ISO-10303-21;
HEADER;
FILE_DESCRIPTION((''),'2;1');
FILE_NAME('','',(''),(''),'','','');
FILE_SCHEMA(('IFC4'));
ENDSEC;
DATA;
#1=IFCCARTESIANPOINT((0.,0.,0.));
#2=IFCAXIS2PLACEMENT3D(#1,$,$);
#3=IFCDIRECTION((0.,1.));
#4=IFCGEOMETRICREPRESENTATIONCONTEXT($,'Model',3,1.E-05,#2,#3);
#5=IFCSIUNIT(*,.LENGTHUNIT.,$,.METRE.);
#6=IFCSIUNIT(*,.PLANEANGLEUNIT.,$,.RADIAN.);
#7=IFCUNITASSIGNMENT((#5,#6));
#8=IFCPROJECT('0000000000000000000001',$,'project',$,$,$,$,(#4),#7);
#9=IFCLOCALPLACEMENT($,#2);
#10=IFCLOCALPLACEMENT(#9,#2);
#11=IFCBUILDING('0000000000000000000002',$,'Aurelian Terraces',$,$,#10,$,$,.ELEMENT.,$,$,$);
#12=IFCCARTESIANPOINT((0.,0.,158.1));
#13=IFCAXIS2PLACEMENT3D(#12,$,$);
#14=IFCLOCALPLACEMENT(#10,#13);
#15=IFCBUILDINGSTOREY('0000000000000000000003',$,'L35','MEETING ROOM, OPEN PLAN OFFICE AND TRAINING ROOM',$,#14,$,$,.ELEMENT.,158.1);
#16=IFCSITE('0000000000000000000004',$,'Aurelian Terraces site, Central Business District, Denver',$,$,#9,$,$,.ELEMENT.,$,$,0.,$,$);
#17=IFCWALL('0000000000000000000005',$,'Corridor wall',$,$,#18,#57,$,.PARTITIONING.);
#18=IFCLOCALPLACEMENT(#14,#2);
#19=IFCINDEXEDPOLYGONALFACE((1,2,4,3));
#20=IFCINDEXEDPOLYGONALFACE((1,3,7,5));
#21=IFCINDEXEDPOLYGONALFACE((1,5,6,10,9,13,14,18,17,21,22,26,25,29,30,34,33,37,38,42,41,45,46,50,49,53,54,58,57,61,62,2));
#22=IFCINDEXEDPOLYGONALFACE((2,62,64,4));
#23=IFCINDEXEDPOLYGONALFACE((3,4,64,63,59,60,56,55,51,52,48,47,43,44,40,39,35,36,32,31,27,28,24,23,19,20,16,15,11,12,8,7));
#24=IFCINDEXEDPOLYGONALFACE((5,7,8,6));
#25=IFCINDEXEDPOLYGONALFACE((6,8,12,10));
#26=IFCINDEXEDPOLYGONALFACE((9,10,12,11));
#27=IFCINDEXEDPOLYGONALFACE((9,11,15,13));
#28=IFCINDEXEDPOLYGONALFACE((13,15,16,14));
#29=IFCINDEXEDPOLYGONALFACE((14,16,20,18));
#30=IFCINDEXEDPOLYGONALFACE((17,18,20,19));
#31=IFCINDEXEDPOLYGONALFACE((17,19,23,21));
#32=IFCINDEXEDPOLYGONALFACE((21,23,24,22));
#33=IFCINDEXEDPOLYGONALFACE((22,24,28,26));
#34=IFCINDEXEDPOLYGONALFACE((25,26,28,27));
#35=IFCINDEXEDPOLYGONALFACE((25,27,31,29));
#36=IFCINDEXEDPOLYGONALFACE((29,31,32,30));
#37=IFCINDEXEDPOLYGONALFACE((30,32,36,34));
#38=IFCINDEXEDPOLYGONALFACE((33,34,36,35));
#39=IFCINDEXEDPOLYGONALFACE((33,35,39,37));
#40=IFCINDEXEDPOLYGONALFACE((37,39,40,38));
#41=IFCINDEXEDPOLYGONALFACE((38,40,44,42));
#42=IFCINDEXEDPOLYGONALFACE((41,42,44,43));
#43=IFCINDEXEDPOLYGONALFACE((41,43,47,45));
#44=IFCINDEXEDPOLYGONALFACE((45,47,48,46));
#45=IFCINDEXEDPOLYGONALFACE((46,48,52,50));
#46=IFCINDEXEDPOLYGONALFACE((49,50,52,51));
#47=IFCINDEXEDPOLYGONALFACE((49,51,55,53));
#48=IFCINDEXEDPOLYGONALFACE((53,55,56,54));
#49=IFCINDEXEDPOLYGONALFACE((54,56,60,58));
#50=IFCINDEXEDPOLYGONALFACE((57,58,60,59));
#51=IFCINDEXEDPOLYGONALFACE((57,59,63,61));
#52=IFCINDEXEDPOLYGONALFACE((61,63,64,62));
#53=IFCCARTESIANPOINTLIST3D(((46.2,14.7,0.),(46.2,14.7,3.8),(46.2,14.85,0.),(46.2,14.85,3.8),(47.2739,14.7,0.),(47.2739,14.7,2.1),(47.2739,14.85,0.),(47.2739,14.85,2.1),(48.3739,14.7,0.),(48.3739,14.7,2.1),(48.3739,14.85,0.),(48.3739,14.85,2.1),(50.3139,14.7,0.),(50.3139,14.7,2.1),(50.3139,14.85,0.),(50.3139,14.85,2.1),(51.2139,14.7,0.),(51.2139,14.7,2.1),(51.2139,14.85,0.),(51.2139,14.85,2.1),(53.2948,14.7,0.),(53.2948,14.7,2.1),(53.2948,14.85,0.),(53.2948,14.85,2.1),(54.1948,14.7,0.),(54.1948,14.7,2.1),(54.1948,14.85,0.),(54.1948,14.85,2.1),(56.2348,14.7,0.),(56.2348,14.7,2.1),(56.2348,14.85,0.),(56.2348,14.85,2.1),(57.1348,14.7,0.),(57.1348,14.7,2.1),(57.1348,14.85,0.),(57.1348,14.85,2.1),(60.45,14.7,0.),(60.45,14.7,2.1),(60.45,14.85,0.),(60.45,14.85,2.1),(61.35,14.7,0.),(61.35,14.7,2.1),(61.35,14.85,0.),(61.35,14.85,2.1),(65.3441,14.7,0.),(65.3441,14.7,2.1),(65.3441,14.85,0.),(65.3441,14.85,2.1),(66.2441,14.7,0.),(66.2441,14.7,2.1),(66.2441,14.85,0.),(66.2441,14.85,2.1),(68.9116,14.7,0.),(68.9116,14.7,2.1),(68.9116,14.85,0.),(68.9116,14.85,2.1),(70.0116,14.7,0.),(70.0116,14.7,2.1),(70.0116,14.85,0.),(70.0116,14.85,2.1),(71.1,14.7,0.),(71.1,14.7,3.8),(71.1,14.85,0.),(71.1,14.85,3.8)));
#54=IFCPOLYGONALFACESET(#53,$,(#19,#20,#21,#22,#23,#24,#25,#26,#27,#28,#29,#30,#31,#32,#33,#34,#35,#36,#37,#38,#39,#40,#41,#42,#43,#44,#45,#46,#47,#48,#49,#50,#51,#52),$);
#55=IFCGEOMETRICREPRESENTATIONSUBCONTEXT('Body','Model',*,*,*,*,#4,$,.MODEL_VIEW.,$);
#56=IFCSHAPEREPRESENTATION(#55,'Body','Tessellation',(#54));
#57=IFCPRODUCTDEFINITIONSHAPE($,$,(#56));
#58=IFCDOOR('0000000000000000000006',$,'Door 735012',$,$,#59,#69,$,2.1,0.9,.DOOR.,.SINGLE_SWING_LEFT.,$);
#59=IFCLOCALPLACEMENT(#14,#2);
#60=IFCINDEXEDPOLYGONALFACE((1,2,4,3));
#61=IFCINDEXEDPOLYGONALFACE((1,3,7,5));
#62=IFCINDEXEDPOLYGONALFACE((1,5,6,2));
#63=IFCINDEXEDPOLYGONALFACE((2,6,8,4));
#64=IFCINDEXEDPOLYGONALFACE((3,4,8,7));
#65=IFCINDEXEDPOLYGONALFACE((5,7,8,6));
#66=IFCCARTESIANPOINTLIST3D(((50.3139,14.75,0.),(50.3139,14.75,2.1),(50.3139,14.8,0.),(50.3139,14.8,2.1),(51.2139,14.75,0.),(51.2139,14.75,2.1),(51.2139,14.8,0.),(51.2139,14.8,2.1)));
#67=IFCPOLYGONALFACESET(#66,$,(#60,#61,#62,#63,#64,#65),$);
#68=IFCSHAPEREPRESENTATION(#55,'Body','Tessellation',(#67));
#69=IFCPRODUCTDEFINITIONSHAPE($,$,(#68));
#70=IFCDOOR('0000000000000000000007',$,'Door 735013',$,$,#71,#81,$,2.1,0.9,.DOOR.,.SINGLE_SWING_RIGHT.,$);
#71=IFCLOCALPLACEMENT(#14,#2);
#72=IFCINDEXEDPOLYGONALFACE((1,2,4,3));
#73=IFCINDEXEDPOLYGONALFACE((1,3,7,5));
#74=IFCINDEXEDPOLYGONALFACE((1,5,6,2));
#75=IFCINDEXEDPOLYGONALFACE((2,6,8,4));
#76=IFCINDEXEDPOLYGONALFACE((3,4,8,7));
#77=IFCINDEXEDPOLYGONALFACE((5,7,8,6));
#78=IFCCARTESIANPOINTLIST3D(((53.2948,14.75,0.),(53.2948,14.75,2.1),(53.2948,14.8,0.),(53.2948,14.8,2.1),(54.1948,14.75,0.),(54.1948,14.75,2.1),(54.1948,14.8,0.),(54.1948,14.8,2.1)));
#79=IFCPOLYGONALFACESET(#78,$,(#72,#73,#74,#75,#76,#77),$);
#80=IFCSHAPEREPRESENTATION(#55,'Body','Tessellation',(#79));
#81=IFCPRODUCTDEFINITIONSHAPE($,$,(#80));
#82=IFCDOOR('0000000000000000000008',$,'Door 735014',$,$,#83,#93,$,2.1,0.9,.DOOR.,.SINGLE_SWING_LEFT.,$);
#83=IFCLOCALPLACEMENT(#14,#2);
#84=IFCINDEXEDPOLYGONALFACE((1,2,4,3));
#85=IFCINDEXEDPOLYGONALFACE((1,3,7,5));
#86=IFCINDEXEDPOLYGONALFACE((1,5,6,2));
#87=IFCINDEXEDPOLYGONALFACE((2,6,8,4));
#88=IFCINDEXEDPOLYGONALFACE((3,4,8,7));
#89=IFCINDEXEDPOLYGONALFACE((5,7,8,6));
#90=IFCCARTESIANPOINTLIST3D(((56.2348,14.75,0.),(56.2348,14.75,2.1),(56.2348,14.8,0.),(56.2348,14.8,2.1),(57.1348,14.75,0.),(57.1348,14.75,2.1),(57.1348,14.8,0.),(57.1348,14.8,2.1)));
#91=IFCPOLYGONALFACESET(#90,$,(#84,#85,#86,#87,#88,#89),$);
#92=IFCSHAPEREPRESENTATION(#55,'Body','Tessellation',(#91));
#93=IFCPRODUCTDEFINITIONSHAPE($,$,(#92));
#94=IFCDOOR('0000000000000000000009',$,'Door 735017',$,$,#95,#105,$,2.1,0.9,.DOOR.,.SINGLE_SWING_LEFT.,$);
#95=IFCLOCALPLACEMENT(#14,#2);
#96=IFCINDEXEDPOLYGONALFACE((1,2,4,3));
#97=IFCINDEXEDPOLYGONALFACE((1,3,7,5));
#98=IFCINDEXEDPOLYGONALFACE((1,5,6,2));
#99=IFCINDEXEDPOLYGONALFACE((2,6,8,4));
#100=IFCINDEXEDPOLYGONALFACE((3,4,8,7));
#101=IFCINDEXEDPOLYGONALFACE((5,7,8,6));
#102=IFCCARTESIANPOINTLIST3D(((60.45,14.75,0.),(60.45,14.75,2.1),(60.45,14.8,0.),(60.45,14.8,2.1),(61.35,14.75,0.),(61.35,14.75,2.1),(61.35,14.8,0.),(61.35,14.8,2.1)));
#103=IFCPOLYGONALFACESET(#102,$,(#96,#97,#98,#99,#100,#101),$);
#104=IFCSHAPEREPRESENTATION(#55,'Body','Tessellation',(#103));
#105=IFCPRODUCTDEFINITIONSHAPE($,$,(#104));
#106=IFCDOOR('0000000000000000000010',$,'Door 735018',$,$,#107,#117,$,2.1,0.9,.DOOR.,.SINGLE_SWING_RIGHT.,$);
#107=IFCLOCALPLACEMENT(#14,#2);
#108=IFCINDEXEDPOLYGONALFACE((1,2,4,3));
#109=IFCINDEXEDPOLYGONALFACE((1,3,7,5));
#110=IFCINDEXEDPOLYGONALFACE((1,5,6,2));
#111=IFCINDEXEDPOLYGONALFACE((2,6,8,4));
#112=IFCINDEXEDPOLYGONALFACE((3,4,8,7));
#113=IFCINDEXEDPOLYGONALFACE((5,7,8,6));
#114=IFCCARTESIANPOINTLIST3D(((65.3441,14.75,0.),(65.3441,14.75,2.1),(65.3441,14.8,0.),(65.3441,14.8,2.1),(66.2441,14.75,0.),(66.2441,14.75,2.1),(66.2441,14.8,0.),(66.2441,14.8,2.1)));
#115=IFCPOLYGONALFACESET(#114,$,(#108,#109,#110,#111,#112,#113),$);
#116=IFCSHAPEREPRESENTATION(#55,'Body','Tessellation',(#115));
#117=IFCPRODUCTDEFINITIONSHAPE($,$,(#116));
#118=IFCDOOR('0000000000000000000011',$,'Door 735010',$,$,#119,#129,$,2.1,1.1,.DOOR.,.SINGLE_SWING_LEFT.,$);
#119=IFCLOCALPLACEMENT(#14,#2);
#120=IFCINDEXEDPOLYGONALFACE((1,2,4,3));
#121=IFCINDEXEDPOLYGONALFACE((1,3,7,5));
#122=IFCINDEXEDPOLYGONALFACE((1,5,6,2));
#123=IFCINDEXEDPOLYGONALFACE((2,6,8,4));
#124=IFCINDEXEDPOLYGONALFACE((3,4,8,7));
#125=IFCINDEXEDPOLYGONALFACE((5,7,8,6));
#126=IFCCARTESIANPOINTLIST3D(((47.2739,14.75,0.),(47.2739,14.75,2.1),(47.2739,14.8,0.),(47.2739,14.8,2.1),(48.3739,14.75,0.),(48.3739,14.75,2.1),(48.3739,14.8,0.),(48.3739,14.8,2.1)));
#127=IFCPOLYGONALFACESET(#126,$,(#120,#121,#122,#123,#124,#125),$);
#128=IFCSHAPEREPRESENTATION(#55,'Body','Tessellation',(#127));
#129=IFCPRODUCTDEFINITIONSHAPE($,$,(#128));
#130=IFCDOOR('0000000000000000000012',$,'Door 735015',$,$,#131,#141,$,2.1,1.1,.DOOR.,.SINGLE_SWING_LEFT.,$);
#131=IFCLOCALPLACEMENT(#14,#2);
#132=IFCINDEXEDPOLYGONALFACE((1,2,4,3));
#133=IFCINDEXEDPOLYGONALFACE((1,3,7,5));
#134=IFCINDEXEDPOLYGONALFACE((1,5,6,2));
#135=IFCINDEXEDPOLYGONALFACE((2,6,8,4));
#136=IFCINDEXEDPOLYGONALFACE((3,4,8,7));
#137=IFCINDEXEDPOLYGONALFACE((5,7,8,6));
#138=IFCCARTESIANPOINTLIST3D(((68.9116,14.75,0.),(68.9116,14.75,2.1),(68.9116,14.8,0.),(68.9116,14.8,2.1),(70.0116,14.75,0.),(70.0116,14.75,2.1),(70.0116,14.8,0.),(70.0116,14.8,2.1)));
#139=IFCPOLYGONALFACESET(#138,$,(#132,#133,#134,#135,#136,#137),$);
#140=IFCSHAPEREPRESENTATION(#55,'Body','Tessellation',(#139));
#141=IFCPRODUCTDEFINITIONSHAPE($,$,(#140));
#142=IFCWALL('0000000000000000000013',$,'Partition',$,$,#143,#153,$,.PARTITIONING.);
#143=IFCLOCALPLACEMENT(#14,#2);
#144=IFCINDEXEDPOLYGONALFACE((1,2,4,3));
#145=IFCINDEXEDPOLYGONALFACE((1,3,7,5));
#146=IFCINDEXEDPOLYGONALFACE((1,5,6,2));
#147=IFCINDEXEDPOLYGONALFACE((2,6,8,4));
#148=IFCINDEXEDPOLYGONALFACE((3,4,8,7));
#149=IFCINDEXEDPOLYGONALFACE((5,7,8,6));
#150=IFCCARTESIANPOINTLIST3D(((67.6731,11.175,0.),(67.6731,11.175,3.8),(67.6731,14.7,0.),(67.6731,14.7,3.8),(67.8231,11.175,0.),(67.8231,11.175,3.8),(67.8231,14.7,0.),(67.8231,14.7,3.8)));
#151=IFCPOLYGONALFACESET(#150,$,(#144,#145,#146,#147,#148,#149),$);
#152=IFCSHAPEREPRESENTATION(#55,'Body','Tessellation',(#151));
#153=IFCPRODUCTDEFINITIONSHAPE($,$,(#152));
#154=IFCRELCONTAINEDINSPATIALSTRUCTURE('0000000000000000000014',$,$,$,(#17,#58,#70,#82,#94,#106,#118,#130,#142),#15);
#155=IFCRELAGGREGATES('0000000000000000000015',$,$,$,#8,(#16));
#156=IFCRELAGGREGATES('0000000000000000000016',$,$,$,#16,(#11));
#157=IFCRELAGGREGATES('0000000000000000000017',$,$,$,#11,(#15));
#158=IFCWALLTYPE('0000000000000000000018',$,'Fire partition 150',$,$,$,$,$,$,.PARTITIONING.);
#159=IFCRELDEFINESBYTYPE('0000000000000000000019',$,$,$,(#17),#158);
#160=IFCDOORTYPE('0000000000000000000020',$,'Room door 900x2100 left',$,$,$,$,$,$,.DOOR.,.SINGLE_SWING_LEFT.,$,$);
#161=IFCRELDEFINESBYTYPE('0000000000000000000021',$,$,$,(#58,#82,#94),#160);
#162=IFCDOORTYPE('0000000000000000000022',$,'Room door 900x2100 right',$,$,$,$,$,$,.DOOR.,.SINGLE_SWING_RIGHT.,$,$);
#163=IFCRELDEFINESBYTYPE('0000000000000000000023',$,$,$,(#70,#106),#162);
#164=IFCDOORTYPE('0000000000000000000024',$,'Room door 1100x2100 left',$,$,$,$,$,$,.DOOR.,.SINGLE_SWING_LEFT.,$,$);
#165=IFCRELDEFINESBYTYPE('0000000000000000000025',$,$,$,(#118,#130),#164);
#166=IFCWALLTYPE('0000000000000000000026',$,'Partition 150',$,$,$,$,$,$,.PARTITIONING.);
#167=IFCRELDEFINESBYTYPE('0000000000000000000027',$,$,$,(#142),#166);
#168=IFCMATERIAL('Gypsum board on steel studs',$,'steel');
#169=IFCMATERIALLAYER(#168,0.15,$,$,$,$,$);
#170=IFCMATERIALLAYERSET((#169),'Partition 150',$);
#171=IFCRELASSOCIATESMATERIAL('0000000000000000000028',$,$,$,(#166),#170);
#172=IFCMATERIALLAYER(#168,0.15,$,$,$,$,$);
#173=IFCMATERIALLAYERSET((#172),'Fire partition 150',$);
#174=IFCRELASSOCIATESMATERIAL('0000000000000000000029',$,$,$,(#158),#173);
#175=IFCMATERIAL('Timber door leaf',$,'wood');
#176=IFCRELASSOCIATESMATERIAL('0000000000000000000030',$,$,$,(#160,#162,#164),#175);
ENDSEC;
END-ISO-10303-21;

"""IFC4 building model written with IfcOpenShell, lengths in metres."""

from ifc_helpers import new_model, si_unit, direction, frame, frame_2d, origin, place, context, subcontext, project, spatial, rectangle, extrude, source, transform, mapped, material, layer, layer_set, type_object, element, fill, save


model = new_model("IFC4")

# Units and contexts
model_context = context("Model", 3, precision=1e-05, world=origin(), true_north=direction((0.0, 1.0)))
body_context = subcontext(model_context, "Body", "Model", "MODEL_VIEW")
ifc_project = project(units=[si_unit("LENGTHUNIT", "METRE"), si_unit("PLANEANGLEUNIT", "RADIAN")], contexts=[model_context])

# Site, building, storey
site_placement = place(None, origin())
site = spatial("IfcSite", under=ifc_project, at=site_placement, Name="Aurelian Terraces site, Central Business District, Denver", CompositionType="ELEMENT", RefElevation=0.0)
building_placement = place(site_placement, origin())
building = spatial("IfcBuilding", under=site, at=building_placement, Name="Aurelian Terraces", CompositionType="ELEMENT")
storey_placement = place(building_placement, frame((0.0, 0.0, 158.1)))
storey = spatial("IfcBuildingStorey", under=building, at=storey_placement, Name="L35", Description="MEETING ROOM, OPEN PLAN OFFICE AND TRAINING ROOM", CompositionType="ELEMENT", Elevation=158.1)

# Wall, openings, doors
ifc_material_1 = material(Name="Gypsum board on steel studs", Category="steel")
ifc_layer_1 = layer(ifc_material_1, 0.15)
ifc_layer_set_1 = layer_set([ifc_layer_1], Name="Partition 150")
wall_type_1 = type_object("IfcWallType", Name="Partition 150", PredefinedType="PARTITIONING", material=ifc_layer_set_1)
shared_shape_1 = source(origin(), body_context, "Body", "SweptSolid", [
    extrude(rectangle(XDim=24.9, YDim=0.15, at=frame_2d((12.45, 0.0))), origin(), (0.0, 0.0, 1.0), 3.8),
])
shared_shape_2 = source(origin(), body_context, "Body", "SweptSolid", [
    extrude(rectangle(XDim=1.1, YDim=2.1, at=frame_2d((0.55, 1.05))), frame((0.0, 0.085, 0.0), z_axis=(0.0, -1.0, 0.0), x_axis=(1.0, 0.0, 0.0)), (0.0, 0.0, 1.0), 0.17),
])
ifc_material_2 = material(Name="Timber door leaf", Category="wood")
shared_shape_3 = source(origin(), body_context, "Body", "SweptSolid", [
    extrude(rectangle(XDim=1.1, YDim=2.1, at=frame_2d((0.55, 1.05))), frame((0.0, 0.025, 0.0), z_axis=(0.0, -1.0, 0.0), x_axis=(1.0, 0.0, 0.0)), (0.0, 0.0, 1.0), 0.05),
])
ifc_layer_2 = layer(ifc_material_1, 0.15)
ifc_layer_set_2 = layer_set([ifc_layer_2], Name="Fire partition 150")
wall_type_2 = type_object("IfcWallType", Name="Fire partition 150", PredefinedType="PARTITIONING", material=ifc_layer_set_2)
wall_1_placement = place(storey_placement, frame((71.1, 14.775, 0.0), z_axis=(0.0, 0.0, 1.0), x_axis=(-1.0, 0.0, 0.0)))
wall_1 = element("IfcWall", 1, at=wall_1_placement, inside=storey, type_object=wall_type_2, Name="Corridor wall", PredefinedType="PARTITIONING", context=body_context, shape_type="MappedRepresentation", body=[
    mapped(shared_shape_1, transform((0.0, 0.0, 0.0), scale=1.0)),
])
opening_1_placement = place(wall_1_placement, frame((22.7261, 0.0, 0.0)))
opening_1 = element("IfcOpeningElement", 2, at=opening_1_placement, cuts=wall_1, PredefinedType="OPENING", context=body_context, shape_type="MappedRepresentation", body=[
    mapped(shared_shape_2, transform((0.0, 0.0, 0.0), scale=1.0)),
])
shared_shape_4 = source(origin(), body_context, "Body", "SweptSolid", [
    extrude(rectangle(XDim=0.9, YDim=2.1, at=frame_2d((0.45, 1.05))), frame((0.0, 0.085, 0.0), z_axis=(0.0, -1.0, 0.0), x_axis=(1.0, 0.0, 0.0)), (0.0, 0.0, 1.0), 0.17),
])
opening_2_placement = place(wall_1_placement, frame((19.8861, 0.0, 0.0)))
opening_2 = element("IfcOpeningElement", 3, at=opening_2_placement, cuts=wall_1, PredefinedType="OPENING", context=body_context, shape_type="MappedRepresentation", body=[
    mapped(shared_shape_4, transform((0.0, 0.0, 0.0), scale=1.0)),
])
opening_3_placement = place(wall_1_placement, frame((16.9052, 0.0, 0.0)))
opening_3 = element("IfcOpeningElement", 4, at=opening_3_placement, cuts=wall_1, PredefinedType="OPENING", context=body_context, shape_type="MappedRepresentation", body=[
    mapped(shared_shape_4, transform((0.0, 0.0, 0.0), scale=1.0)),
])
opening_4_placement = place(wall_1_placement, frame((13.9652, 0.0, 0.0)))
opening_4 = element("IfcOpeningElement", 5, at=opening_4_placement, cuts=wall_1, PredefinedType="OPENING", context=body_context, shape_type="MappedRepresentation", body=[
    mapped(shared_shape_4, transform((0.0, 0.0, 0.0), scale=1.0)),
])
opening_5_placement = place(wall_1_placement, frame((1.0884, 0.0, 0.0)))
opening_5 = element("IfcOpeningElement", 6, at=opening_5_placement, cuts=wall_1, PredefinedType="OPENING", context=body_context, shape_type="MappedRepresentation", body=[
    mapped(shared_shape_2, transform((0.0, 0.0, 0.0), scale=1.0)),
])
opening_6_placement = place(wall_1_placement, frame((9.75, 0.0, 0.0)))
opening_6 = element("IfcOpeningElement", 7, at=opening_6_placement, cuts=wall_1, PredefinedType="OPENING", context=body_context, shape_type="MappedRepresentation", body=[
    mapped(shared_shape_4, transform((0.0, 0.0, 0.0), scale=1.0)),
])
opening_7_placement = place(wall_1_placement, frame((4.8559, 0.0, 0.0)))
opening_7 = element("IfcOpeningElement", 8, at=opening_7_placement, cuts=wall_1, PredefinedType="OPENING", context=body_context, shape_type="MappedRepresentation", body=[
    mapped(shared_shape_4, transform((0.0, 0.0, 0.0), scale=1.0)),
])
door_type_1 = type_object("IfcDoorType", Name="Room door 900x2100 left", OperationType="SINGLE_SWING_LEFT", PredefinedType="DOOR", material=ifc_material_2)
shared_shape_5 = source(origin(), body_context, "Body", "SweptSolid", [
    extrude(rectangle(XDim=0.9, YDim=2.1, at=frame_2d((0.45, 1.05))), frame((0.0, 0.025, 0.0), z_axis=(0.0, -1.0, 0.0), x_axis=(1.0, 0.0, 0.0)), (0.0, 0.0, 1.0), 0.05),
])
door_1_placement = place(opening_2_placement, origin())
door_1 = element("IfcDoor", 9, at=door_1_placement, inside=storey, type_object=door_type_1, Name="Door 735012", OperationType="SINGLE_SWING_LEFT", OverallHeight=2.1, OverallWidth=0.9, PredefinedType="DOOR", context=body_context, shape_type="MappedRepresentation", body=[
    mapped(shared_shape_5, transform((0.0, 0.0, 0.0), scale=1.0)),
])
fill(opening_2, door_1)
door_type_2 = type_object("IfcDoorType", Name="Room door 900x2100 right", OperationType="SINGLE_SWING_RIGHT", PredefinedType="DOOR", material=ifc_material_2)
door_2_placement = place(opening_3_placement, origin())
door_2 = element("IfcDoor", 10, at=door_2_placement, inside=storey, type_object=door_type_2, Name="Door 735013", OperationType="SINGLE_SWING_RIGHT", OverallHeight=2.1, OverallWidth=0.9, PredefinedType="DOOR", context=body_context, shape_type="MappedRepresentation", body=[
    mapped(shared_shape_5, transform((0.0, 0.0, 0.0), scale=1.0)),
])
fill(opening_3, door_2)
door_3_placement = place(opening_4_placement, origin())
door_3 = element("IfcDoor", 11, at=door_3_placement, inside=storey, type_object=door_type_1, Name="Door 735014", OperationType="SINGLE_SWING_LEFT", OverallHeight=2.1, OverallWidth=0.9, PredefinedType="DOOR", context=body_context, shape_type="MappedRepresentation", body=[
    mapped(shared_shape_5, transform((0.0, 0.0, 0.0), scale=1.0)),
])
fill(opening_4, door_3)
door_4_placement = place(opening_6_placement, origin())
door_4 = element("IfcDoor", 12, at=door_4_placement, inside=storey, type_object=door_type_1, Name="Door 735017", OperationType="SINGLE_SWING_LEFT", OverallHeight=2.1, OverallWidth=0.9, PredefinedType="DOOR", context=body_context, shape_type="MappedRepresentation", body=[
    mapped(shared_shape_5, transform((0.0, 0.0, 0.0), scale=1.0)),
])
fill(opening_6, door_4)
door_5_placement = place(opening_7_placement, origin())
door_5 = element("IfcDoor", 13, at=door_5_placement, inside=storey, type_object=door_type_2, Name="Door 735018", OperationType="SINGLE_SWING_RIGHT", OverallHeight=2.1, OverallWidth=0.9, PredefinedType="DOOR", context=body_context, shape_type="MappedRepresentation", body=[
    mapped(shared_shape_5, transform((0.0, 0.0, 0.0), scale=1.0)),
])
fill(opening_7, door_5)
door_type_3 = type_object("IfcDoorType", Name="Room door 1100x2100 left", OperationType="SINGLE_SWING_LEFT", PredefinedType="DOOR", material=ifc_material_2)
door_6_placement = place(opening_1_placement, origin())
door_6 = element("IfcDoor", 14, at=door_6_placement, inside=storey, type_object=door_type_3, Name="Door 735010", OperationType="SINGLE_SWING_LEFT", OverallHeight=2.1, OverallWidth=1.1, PredefinedType="DOOR", context=body_context, shape_type="MappedRepresentation", body=[
    mapped(shared_shape_3, transform((0.0, 0.0, 0.0), scale=1.0)),
])
fill(opening_1, door_6)
door_7_placement = place(opening_5_placement, origin())
door_7 = element("IfcDoor", 15, at=door_7_placement, inside=storey, type_object=door_type_3, Name="Door 735015", OperationType="SINGLE_SWING_LEFT", OverallHeight=2.1, OverallWidth=1.1, PredefinedType="DOOR", context=body_context, shape_type="MappedRepresentation", body=[
    mapped(shared_shape_3, transform((0.0, 0.0, 0.0), scale=1.0)),
])
fill(opening_5, door_7)

# Wall
shared_shape_6 = source(origin(), body_context, "Body", "SweptSolid", [
    extrude(rectangle(XDim=3.525, YDim=0.15, at=frame_2d((1.7625, 0.0))), origin(), (0.0, 0.0, 1.0), 3.8),
])
wall_2_placement = place(storey_placement, frame((67.7481, 11.175, 0.0), z_axis=(0.0, 0.0, 1.0), x_axis=(0.0, 1.0, 0.0)))
element("IfcWall", 16, at=wall_2_placement, inside=storey, type_object=wall_type_1, Name="Partition", PredefinedType="PARTITIONING", context=body_context, shape_type="MappedRepresentation", body=[
    mapped(shared_shape_6, transform((0.0, 0.0, 0.0), scale=1.0)),
])

save(model, "model.ifc")
